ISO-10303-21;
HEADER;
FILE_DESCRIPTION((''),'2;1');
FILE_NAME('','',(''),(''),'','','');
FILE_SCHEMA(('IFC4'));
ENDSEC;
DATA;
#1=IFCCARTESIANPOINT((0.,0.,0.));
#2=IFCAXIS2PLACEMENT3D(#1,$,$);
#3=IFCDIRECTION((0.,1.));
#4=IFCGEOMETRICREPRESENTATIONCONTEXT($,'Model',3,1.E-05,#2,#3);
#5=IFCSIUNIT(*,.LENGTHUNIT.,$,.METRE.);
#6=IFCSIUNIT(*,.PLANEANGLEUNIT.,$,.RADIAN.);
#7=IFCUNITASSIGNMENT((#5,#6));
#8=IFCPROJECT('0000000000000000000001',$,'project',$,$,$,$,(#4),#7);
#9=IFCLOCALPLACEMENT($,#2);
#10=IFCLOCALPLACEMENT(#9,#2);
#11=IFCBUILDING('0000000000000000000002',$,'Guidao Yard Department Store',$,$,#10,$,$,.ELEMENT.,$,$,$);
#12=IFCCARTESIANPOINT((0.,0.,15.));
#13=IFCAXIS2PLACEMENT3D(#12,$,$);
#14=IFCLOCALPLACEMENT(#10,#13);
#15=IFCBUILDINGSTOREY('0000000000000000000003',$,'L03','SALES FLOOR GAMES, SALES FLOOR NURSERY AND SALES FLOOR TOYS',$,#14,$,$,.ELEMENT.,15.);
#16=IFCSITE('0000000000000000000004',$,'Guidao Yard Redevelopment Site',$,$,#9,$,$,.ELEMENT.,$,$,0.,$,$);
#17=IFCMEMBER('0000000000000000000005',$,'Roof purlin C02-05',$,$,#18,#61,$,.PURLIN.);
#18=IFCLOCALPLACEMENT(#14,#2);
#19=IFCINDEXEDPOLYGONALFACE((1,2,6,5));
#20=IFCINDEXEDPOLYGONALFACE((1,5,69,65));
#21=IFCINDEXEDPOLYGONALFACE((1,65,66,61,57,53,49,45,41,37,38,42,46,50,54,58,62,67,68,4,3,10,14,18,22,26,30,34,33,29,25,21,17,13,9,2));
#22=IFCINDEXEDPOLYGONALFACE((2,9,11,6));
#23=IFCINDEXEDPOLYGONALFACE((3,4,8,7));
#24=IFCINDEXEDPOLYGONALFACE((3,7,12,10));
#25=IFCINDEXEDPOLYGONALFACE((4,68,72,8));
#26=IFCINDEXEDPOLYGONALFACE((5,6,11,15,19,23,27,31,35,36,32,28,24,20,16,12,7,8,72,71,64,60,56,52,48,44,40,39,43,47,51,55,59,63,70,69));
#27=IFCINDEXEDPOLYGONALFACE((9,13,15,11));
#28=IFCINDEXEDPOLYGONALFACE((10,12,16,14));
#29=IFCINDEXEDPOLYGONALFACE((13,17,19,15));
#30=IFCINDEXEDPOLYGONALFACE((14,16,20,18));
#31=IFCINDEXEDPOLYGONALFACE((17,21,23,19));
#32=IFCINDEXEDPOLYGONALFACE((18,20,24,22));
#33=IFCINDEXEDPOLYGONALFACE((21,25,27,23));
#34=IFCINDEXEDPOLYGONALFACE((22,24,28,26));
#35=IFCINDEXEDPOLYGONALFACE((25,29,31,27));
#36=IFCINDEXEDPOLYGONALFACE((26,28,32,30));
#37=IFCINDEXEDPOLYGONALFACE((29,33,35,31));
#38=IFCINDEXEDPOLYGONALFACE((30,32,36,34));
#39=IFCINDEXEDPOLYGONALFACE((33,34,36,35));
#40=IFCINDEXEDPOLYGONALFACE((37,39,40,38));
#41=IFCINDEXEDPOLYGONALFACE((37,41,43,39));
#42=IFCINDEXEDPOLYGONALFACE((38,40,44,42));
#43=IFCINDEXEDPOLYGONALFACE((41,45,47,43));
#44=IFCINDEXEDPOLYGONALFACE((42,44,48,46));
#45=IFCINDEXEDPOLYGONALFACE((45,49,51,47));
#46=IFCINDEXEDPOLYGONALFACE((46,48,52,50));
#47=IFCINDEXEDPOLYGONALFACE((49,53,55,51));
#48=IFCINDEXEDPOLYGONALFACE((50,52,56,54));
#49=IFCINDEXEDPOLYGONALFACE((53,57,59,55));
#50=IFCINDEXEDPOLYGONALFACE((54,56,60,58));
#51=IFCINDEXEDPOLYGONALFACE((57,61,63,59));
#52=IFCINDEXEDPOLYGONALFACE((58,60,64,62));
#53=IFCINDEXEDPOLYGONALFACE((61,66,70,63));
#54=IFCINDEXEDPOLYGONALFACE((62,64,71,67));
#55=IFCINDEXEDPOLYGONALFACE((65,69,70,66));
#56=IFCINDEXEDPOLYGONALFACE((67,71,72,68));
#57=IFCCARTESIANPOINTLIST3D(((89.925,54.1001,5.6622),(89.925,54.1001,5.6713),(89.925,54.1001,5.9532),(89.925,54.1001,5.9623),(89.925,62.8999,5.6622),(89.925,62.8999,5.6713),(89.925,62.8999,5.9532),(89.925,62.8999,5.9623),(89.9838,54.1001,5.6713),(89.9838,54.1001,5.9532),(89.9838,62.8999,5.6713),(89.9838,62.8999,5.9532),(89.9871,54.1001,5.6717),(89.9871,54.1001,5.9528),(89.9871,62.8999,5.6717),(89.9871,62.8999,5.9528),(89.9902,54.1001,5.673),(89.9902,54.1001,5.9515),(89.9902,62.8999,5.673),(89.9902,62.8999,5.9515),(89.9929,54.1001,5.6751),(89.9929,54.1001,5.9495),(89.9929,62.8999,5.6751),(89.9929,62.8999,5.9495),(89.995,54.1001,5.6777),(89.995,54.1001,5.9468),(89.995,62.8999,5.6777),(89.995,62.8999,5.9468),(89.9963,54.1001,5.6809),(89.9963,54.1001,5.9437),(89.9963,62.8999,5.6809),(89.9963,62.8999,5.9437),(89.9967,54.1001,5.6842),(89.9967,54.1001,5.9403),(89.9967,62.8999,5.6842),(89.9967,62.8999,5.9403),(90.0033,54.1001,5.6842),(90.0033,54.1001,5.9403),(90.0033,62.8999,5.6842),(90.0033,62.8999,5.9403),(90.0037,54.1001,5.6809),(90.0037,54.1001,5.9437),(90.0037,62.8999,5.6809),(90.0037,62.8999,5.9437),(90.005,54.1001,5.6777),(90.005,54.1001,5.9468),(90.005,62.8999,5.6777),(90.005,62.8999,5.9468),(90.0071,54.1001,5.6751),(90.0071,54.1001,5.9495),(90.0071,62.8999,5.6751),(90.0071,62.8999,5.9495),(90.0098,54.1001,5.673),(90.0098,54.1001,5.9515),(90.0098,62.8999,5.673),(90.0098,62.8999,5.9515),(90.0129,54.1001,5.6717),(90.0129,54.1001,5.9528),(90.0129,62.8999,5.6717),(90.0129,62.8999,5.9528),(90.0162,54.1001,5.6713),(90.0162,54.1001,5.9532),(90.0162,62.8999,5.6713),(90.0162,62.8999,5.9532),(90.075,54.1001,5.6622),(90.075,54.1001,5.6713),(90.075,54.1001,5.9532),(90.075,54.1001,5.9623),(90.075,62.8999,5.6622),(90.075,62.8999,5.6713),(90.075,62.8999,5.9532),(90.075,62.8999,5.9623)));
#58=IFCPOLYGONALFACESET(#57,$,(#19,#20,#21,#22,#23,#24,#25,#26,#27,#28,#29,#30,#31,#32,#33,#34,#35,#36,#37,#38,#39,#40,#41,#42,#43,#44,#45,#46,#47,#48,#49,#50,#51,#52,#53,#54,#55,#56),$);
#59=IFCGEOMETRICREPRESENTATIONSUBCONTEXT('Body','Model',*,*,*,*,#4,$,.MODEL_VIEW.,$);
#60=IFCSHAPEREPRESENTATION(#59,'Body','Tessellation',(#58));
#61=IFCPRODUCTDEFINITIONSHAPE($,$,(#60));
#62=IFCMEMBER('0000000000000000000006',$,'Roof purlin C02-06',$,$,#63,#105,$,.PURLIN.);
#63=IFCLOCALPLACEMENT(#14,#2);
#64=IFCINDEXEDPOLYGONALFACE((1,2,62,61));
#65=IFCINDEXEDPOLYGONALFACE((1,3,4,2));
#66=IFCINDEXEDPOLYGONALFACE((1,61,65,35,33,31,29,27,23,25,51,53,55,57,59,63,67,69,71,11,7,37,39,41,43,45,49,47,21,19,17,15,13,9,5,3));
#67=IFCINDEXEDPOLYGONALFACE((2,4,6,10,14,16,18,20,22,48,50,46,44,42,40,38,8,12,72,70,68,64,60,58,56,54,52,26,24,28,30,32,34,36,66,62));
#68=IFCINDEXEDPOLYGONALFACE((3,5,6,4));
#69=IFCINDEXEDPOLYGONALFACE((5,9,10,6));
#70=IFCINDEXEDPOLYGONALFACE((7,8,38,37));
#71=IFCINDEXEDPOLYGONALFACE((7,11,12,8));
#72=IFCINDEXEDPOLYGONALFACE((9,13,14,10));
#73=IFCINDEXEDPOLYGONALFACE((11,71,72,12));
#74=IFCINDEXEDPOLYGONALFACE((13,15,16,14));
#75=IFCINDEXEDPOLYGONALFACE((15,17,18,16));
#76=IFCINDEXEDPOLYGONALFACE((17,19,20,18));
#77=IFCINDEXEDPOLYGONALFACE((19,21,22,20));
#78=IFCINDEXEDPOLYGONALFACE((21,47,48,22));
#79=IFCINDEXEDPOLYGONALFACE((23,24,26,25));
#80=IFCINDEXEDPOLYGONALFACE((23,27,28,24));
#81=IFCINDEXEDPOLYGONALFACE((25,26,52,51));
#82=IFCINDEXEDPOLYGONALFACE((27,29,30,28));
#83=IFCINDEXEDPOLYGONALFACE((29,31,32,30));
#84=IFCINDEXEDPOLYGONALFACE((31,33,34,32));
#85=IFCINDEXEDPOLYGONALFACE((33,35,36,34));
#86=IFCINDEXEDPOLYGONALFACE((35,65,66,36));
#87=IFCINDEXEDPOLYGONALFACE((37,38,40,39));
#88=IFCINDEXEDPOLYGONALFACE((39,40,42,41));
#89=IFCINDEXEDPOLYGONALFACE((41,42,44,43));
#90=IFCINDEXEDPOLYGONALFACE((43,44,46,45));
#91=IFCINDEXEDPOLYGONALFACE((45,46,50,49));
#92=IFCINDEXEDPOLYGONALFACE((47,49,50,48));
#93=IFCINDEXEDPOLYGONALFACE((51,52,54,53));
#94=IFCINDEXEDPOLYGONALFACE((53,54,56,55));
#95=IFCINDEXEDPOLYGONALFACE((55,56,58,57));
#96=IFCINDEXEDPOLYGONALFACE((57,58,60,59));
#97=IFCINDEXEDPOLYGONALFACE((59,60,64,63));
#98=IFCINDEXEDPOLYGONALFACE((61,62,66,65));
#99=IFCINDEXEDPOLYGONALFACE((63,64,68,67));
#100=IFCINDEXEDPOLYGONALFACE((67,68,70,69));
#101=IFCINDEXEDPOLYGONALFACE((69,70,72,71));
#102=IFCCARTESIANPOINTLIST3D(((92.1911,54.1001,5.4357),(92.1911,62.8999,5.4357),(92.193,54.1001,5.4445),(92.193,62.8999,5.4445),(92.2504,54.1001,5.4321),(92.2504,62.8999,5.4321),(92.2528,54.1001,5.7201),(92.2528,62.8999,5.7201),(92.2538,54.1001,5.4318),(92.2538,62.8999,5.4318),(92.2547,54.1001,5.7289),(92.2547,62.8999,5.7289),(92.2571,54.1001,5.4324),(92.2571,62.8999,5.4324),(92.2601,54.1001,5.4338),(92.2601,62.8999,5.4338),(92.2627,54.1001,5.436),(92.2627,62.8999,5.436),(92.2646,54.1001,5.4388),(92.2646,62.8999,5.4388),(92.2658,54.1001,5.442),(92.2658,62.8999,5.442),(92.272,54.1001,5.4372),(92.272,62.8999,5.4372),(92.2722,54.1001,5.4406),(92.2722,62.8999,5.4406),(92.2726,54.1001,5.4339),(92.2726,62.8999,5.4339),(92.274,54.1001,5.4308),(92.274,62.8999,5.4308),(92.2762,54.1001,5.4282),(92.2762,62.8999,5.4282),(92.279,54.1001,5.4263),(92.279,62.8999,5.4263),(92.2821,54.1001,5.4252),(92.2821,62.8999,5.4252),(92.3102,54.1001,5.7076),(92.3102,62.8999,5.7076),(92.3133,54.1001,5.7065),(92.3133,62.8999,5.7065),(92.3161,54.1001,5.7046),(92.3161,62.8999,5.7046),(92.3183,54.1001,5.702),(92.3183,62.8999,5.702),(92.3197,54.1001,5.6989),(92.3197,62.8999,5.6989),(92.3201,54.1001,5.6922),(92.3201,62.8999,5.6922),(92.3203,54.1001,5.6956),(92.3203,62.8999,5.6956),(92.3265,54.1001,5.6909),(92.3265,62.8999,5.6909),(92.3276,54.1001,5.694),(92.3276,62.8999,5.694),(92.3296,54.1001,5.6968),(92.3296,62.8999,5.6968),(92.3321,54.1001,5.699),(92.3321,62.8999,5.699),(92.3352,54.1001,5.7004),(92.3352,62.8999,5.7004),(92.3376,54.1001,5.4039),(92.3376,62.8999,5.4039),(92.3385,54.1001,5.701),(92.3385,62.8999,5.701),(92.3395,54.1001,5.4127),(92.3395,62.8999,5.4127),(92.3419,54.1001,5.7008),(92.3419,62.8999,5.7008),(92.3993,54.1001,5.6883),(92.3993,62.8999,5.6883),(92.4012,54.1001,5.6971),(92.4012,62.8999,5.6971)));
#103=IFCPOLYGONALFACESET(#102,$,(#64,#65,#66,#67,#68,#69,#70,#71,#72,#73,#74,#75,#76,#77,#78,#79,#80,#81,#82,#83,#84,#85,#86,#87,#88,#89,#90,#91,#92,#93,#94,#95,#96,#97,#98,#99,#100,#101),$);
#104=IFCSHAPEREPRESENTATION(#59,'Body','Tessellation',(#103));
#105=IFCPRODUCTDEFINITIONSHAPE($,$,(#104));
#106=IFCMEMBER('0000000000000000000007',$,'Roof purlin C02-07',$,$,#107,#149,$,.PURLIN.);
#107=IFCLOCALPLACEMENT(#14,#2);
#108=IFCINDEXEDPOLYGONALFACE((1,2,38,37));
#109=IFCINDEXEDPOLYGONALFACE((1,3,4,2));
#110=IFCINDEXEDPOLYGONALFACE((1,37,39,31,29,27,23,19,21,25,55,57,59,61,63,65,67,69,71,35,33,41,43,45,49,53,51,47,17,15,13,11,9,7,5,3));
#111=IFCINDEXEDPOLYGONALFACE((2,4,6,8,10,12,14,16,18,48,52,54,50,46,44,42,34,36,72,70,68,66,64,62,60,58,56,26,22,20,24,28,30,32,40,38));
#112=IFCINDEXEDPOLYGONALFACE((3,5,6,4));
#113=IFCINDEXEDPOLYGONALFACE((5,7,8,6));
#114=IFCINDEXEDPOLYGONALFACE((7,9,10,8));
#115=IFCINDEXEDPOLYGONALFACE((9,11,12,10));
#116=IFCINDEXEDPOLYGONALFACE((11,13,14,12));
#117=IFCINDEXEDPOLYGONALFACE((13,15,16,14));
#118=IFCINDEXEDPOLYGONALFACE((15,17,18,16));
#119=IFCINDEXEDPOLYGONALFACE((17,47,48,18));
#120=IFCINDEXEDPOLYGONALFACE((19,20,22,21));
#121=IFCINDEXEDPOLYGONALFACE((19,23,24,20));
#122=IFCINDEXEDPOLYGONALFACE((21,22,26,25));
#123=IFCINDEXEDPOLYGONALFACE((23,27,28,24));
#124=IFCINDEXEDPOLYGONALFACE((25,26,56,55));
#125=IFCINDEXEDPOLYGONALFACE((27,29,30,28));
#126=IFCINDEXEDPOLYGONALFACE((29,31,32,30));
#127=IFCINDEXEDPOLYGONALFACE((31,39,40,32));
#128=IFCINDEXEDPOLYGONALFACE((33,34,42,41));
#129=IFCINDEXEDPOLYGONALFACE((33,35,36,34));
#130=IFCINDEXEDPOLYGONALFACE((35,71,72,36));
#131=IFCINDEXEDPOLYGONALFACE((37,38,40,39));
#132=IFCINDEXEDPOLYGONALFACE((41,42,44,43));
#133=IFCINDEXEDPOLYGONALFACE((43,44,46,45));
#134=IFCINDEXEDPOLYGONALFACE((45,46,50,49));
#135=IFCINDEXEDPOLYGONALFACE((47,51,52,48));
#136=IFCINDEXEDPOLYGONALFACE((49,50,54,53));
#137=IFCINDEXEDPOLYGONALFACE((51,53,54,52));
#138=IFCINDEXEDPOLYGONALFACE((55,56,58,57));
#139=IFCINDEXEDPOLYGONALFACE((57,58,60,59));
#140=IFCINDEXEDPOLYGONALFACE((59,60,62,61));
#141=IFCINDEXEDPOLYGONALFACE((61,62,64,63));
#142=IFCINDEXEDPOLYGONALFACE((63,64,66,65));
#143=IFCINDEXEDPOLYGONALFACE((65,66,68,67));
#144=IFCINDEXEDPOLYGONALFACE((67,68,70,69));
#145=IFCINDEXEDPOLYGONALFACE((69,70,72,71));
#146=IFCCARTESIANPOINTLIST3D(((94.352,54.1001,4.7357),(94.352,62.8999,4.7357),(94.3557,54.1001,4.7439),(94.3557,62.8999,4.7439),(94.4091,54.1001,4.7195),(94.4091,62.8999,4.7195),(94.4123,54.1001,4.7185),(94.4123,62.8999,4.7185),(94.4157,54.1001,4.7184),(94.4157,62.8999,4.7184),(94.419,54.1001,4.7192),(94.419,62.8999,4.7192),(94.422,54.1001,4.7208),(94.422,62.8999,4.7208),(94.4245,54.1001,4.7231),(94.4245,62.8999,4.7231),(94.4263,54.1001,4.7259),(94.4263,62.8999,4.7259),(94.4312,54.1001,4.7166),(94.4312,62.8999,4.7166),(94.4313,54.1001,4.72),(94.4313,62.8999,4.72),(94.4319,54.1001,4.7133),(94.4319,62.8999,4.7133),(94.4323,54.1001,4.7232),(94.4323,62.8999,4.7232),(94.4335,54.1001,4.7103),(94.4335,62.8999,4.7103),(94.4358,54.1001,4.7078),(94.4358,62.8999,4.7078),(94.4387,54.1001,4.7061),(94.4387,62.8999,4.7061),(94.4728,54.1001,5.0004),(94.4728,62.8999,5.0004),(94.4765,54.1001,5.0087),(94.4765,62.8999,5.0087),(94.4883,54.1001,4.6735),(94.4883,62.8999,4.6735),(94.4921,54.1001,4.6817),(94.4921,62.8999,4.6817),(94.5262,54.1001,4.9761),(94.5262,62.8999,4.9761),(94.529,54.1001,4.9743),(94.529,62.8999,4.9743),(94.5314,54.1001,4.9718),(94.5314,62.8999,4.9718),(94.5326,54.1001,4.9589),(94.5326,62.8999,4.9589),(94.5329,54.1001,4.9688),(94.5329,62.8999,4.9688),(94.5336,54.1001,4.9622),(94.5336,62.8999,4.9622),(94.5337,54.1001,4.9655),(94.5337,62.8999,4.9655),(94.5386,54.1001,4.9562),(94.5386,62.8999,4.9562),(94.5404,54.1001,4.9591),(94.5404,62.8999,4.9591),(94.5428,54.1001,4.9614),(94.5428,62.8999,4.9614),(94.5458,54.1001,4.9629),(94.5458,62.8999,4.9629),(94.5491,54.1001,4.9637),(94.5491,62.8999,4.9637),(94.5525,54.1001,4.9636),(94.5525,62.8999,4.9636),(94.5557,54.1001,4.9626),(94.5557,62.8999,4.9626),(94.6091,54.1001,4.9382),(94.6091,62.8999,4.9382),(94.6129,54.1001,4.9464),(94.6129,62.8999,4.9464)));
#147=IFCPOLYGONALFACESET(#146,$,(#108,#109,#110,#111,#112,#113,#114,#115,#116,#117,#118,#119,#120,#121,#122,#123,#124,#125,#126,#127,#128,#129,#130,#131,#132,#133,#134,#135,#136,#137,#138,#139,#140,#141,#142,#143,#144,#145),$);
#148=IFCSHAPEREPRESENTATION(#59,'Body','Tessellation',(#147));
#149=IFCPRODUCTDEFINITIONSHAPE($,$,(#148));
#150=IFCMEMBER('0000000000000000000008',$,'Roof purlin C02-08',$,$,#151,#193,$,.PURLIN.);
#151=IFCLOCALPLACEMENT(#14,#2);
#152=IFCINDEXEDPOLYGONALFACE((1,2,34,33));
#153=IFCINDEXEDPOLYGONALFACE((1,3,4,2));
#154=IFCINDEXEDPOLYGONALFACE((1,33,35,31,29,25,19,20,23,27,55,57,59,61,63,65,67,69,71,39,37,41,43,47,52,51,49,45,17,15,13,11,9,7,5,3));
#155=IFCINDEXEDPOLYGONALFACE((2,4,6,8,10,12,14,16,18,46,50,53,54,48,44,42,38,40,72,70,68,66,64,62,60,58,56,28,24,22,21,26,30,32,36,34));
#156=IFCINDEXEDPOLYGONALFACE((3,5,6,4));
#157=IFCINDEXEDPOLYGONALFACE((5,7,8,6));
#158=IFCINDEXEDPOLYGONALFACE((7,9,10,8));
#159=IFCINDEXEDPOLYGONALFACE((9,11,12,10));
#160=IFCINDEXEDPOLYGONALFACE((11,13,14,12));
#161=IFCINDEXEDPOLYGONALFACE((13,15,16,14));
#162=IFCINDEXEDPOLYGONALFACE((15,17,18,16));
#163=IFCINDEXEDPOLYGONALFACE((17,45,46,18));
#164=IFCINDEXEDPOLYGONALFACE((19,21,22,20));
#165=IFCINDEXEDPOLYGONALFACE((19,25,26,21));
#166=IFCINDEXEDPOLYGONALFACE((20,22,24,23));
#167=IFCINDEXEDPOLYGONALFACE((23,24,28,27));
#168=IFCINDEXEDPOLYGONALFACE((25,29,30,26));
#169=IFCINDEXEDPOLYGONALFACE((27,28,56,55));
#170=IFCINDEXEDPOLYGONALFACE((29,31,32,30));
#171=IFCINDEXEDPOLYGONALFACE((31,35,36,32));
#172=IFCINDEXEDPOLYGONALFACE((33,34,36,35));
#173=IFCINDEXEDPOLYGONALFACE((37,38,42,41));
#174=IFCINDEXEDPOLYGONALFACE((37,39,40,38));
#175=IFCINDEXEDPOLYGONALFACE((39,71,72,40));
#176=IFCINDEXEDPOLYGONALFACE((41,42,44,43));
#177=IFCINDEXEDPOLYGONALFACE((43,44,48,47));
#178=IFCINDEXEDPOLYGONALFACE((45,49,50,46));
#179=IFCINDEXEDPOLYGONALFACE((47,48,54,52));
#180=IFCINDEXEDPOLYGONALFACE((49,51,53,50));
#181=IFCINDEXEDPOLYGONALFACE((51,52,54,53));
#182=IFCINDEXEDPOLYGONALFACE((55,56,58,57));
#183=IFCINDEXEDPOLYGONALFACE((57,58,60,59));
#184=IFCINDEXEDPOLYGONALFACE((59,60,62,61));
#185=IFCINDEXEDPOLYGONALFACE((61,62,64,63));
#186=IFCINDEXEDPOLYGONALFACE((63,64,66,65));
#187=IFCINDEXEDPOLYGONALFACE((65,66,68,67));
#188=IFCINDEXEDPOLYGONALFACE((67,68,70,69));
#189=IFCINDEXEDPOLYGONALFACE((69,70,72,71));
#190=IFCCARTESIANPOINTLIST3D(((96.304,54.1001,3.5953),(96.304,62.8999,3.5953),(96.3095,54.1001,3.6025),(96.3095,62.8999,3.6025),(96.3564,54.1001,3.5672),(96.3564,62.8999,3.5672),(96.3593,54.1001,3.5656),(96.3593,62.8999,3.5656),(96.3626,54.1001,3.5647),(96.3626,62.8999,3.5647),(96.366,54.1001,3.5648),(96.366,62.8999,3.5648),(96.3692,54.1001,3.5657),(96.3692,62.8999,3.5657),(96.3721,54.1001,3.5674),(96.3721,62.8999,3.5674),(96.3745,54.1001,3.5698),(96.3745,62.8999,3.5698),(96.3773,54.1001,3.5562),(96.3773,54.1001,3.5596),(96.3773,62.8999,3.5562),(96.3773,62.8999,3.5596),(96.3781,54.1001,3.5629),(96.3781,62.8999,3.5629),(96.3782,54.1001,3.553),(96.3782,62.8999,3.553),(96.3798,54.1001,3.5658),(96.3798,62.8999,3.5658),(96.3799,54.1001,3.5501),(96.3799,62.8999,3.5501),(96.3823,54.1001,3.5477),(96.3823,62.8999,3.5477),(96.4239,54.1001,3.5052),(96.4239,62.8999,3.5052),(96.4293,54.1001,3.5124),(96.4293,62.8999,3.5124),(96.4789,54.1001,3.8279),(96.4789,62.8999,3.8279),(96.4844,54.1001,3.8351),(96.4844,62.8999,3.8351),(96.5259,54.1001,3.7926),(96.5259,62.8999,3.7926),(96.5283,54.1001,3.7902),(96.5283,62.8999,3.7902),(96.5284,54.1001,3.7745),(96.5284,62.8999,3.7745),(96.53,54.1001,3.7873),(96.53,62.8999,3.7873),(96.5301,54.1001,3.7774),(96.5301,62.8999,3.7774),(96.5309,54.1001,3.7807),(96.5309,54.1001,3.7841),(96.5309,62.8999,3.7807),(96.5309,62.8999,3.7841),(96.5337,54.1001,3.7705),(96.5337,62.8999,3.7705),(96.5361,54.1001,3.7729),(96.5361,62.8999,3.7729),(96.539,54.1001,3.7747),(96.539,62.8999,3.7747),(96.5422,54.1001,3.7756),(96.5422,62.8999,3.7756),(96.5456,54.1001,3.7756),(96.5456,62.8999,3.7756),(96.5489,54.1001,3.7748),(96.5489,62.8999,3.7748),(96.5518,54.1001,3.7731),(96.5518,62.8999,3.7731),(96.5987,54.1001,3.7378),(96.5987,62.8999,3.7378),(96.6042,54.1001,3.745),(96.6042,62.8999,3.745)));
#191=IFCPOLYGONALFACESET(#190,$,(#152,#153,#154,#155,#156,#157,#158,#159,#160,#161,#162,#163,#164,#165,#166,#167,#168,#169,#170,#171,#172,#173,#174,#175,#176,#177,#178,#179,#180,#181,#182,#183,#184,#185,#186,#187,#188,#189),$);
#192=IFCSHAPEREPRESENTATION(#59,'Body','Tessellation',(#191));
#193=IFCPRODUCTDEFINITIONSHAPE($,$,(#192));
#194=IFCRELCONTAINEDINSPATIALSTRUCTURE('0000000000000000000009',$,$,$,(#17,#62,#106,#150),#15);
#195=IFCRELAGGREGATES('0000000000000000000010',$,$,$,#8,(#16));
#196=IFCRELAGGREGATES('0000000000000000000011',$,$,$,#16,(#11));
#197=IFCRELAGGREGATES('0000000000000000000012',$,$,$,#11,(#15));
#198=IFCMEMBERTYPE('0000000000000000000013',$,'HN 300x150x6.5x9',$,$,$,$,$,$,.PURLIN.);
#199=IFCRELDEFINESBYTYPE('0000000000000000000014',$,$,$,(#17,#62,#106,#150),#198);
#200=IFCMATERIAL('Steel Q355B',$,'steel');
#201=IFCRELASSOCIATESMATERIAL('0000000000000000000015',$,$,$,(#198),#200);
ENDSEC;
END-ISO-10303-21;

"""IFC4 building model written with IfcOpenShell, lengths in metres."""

from ifc_helpers import new_model, si_unit, direction, frame, origin, origin_2d, place, context, subcontext, project, spatial, i_section, extrude, material, material_profile, profile_set, type_object, element, save


model = new_model("IFC4")

# Units and contexts
model_context = context("Model", 3, precision=1e-05, world=origin(), true_north=direction((0.0, 1.0)))
body_context = subcontext(model_context, "Body", "Model", "MODEL_VIEW")
ifc_project = project(units=[si_unit("LENGTHUNIT", "METRE"), si_unit("PLANEANGLEUNIT", "RADIAN")], contexts=[model_context])

# Site, building, storey
site_placement = place(None, origin())
site = spatial("IfcSite", under=ifc_project, at=site_placement, Name="Guidao Yard Redevelopment Site", CompositionType="ELEMENT", RefElevation=0.0)
building_placement = place(site_placement, origin())
building = spatial("IfcBuilding", under=site, at=building_placement, Name="Guidao Yard Department Store", CompositionType="ELEMENT")
storey_placement = place(building_placement, frame((0.0, 0.0, 15.0)))
storey = spatial("IfcBuildingStorey", under=building, at=storey_placement, Name="L03", Description="SALES FLOOR GAMES, SALES FLOOR NURSERY AND SALES FLOOR TOYS", CompositionType="ELEMENT", Elevation=15.0)

# Members
ifc_material_1 = material(Name="Steel Q355B", Category="steel")
ifc_material_profile_1 = material_profile(ifc_material_1, i_section(OverallWidth=0.1499, OverallDepth=0.3, WebThickness=0.0066, FlangeThickness=0.009, FilletRadius=0.0129, at=origin_2d()), Name="HN 300x150x6.5x9")
ifc_profile_set_1 = profile_set([ifc_material_profile_1], Name="Steel Q355B")
member_type_1 = type_object("IfcMemberType", Name="HN 300x150x6.5x9", PredefinedType="PURLIN", material=ifc_profile_set_1)
for number, where, z_axis, x_axis, name in (
    (1, (90.0, 54.1001, 5.8123), (0.0, 1.0, 0.0), (-1.0, 0.0, 0.0), "Roof purlin C02-05"),
    (2, (92.2961, 54.1001, 5.5664), (0.0, 1.0, 0.0), (-0.977292, 0.0, 0.211897), "Roof purlin C02-06"),
    (3, (94.4824, 54.1001, 4.8411), (0.0, 1.0, 0.0), (-0.909751, 0.0, 0.415155), "Roof purlin C02-07"),
    (4, (96.4541, 54.1001, 3.6702), (0.0, 1.0, 0.0), (-0.799284, 0.0, 0.600954), "Roof purlin C02-08"),
):
    element("IfcMember", number, at=place(storey_placement, frame(where, z_axis=z_axis, x_axis=x_axis)), inside=storey, type_object=member_type_1, Name=name, PredefinedType="PURLIN", context=body_context, shape_type="SweptSolid", body=[
        extrude(i_section(OverallWidth=0.1499, OverallDepth=0.3, WebThickness=0.0066, FlangeThickness=0.009, FilletRadius=0.0129, at=origin_2d()), origin(), (0.0, 0.0, 1.0), 8.7998),
    ])

save(model, "model.ifc")
